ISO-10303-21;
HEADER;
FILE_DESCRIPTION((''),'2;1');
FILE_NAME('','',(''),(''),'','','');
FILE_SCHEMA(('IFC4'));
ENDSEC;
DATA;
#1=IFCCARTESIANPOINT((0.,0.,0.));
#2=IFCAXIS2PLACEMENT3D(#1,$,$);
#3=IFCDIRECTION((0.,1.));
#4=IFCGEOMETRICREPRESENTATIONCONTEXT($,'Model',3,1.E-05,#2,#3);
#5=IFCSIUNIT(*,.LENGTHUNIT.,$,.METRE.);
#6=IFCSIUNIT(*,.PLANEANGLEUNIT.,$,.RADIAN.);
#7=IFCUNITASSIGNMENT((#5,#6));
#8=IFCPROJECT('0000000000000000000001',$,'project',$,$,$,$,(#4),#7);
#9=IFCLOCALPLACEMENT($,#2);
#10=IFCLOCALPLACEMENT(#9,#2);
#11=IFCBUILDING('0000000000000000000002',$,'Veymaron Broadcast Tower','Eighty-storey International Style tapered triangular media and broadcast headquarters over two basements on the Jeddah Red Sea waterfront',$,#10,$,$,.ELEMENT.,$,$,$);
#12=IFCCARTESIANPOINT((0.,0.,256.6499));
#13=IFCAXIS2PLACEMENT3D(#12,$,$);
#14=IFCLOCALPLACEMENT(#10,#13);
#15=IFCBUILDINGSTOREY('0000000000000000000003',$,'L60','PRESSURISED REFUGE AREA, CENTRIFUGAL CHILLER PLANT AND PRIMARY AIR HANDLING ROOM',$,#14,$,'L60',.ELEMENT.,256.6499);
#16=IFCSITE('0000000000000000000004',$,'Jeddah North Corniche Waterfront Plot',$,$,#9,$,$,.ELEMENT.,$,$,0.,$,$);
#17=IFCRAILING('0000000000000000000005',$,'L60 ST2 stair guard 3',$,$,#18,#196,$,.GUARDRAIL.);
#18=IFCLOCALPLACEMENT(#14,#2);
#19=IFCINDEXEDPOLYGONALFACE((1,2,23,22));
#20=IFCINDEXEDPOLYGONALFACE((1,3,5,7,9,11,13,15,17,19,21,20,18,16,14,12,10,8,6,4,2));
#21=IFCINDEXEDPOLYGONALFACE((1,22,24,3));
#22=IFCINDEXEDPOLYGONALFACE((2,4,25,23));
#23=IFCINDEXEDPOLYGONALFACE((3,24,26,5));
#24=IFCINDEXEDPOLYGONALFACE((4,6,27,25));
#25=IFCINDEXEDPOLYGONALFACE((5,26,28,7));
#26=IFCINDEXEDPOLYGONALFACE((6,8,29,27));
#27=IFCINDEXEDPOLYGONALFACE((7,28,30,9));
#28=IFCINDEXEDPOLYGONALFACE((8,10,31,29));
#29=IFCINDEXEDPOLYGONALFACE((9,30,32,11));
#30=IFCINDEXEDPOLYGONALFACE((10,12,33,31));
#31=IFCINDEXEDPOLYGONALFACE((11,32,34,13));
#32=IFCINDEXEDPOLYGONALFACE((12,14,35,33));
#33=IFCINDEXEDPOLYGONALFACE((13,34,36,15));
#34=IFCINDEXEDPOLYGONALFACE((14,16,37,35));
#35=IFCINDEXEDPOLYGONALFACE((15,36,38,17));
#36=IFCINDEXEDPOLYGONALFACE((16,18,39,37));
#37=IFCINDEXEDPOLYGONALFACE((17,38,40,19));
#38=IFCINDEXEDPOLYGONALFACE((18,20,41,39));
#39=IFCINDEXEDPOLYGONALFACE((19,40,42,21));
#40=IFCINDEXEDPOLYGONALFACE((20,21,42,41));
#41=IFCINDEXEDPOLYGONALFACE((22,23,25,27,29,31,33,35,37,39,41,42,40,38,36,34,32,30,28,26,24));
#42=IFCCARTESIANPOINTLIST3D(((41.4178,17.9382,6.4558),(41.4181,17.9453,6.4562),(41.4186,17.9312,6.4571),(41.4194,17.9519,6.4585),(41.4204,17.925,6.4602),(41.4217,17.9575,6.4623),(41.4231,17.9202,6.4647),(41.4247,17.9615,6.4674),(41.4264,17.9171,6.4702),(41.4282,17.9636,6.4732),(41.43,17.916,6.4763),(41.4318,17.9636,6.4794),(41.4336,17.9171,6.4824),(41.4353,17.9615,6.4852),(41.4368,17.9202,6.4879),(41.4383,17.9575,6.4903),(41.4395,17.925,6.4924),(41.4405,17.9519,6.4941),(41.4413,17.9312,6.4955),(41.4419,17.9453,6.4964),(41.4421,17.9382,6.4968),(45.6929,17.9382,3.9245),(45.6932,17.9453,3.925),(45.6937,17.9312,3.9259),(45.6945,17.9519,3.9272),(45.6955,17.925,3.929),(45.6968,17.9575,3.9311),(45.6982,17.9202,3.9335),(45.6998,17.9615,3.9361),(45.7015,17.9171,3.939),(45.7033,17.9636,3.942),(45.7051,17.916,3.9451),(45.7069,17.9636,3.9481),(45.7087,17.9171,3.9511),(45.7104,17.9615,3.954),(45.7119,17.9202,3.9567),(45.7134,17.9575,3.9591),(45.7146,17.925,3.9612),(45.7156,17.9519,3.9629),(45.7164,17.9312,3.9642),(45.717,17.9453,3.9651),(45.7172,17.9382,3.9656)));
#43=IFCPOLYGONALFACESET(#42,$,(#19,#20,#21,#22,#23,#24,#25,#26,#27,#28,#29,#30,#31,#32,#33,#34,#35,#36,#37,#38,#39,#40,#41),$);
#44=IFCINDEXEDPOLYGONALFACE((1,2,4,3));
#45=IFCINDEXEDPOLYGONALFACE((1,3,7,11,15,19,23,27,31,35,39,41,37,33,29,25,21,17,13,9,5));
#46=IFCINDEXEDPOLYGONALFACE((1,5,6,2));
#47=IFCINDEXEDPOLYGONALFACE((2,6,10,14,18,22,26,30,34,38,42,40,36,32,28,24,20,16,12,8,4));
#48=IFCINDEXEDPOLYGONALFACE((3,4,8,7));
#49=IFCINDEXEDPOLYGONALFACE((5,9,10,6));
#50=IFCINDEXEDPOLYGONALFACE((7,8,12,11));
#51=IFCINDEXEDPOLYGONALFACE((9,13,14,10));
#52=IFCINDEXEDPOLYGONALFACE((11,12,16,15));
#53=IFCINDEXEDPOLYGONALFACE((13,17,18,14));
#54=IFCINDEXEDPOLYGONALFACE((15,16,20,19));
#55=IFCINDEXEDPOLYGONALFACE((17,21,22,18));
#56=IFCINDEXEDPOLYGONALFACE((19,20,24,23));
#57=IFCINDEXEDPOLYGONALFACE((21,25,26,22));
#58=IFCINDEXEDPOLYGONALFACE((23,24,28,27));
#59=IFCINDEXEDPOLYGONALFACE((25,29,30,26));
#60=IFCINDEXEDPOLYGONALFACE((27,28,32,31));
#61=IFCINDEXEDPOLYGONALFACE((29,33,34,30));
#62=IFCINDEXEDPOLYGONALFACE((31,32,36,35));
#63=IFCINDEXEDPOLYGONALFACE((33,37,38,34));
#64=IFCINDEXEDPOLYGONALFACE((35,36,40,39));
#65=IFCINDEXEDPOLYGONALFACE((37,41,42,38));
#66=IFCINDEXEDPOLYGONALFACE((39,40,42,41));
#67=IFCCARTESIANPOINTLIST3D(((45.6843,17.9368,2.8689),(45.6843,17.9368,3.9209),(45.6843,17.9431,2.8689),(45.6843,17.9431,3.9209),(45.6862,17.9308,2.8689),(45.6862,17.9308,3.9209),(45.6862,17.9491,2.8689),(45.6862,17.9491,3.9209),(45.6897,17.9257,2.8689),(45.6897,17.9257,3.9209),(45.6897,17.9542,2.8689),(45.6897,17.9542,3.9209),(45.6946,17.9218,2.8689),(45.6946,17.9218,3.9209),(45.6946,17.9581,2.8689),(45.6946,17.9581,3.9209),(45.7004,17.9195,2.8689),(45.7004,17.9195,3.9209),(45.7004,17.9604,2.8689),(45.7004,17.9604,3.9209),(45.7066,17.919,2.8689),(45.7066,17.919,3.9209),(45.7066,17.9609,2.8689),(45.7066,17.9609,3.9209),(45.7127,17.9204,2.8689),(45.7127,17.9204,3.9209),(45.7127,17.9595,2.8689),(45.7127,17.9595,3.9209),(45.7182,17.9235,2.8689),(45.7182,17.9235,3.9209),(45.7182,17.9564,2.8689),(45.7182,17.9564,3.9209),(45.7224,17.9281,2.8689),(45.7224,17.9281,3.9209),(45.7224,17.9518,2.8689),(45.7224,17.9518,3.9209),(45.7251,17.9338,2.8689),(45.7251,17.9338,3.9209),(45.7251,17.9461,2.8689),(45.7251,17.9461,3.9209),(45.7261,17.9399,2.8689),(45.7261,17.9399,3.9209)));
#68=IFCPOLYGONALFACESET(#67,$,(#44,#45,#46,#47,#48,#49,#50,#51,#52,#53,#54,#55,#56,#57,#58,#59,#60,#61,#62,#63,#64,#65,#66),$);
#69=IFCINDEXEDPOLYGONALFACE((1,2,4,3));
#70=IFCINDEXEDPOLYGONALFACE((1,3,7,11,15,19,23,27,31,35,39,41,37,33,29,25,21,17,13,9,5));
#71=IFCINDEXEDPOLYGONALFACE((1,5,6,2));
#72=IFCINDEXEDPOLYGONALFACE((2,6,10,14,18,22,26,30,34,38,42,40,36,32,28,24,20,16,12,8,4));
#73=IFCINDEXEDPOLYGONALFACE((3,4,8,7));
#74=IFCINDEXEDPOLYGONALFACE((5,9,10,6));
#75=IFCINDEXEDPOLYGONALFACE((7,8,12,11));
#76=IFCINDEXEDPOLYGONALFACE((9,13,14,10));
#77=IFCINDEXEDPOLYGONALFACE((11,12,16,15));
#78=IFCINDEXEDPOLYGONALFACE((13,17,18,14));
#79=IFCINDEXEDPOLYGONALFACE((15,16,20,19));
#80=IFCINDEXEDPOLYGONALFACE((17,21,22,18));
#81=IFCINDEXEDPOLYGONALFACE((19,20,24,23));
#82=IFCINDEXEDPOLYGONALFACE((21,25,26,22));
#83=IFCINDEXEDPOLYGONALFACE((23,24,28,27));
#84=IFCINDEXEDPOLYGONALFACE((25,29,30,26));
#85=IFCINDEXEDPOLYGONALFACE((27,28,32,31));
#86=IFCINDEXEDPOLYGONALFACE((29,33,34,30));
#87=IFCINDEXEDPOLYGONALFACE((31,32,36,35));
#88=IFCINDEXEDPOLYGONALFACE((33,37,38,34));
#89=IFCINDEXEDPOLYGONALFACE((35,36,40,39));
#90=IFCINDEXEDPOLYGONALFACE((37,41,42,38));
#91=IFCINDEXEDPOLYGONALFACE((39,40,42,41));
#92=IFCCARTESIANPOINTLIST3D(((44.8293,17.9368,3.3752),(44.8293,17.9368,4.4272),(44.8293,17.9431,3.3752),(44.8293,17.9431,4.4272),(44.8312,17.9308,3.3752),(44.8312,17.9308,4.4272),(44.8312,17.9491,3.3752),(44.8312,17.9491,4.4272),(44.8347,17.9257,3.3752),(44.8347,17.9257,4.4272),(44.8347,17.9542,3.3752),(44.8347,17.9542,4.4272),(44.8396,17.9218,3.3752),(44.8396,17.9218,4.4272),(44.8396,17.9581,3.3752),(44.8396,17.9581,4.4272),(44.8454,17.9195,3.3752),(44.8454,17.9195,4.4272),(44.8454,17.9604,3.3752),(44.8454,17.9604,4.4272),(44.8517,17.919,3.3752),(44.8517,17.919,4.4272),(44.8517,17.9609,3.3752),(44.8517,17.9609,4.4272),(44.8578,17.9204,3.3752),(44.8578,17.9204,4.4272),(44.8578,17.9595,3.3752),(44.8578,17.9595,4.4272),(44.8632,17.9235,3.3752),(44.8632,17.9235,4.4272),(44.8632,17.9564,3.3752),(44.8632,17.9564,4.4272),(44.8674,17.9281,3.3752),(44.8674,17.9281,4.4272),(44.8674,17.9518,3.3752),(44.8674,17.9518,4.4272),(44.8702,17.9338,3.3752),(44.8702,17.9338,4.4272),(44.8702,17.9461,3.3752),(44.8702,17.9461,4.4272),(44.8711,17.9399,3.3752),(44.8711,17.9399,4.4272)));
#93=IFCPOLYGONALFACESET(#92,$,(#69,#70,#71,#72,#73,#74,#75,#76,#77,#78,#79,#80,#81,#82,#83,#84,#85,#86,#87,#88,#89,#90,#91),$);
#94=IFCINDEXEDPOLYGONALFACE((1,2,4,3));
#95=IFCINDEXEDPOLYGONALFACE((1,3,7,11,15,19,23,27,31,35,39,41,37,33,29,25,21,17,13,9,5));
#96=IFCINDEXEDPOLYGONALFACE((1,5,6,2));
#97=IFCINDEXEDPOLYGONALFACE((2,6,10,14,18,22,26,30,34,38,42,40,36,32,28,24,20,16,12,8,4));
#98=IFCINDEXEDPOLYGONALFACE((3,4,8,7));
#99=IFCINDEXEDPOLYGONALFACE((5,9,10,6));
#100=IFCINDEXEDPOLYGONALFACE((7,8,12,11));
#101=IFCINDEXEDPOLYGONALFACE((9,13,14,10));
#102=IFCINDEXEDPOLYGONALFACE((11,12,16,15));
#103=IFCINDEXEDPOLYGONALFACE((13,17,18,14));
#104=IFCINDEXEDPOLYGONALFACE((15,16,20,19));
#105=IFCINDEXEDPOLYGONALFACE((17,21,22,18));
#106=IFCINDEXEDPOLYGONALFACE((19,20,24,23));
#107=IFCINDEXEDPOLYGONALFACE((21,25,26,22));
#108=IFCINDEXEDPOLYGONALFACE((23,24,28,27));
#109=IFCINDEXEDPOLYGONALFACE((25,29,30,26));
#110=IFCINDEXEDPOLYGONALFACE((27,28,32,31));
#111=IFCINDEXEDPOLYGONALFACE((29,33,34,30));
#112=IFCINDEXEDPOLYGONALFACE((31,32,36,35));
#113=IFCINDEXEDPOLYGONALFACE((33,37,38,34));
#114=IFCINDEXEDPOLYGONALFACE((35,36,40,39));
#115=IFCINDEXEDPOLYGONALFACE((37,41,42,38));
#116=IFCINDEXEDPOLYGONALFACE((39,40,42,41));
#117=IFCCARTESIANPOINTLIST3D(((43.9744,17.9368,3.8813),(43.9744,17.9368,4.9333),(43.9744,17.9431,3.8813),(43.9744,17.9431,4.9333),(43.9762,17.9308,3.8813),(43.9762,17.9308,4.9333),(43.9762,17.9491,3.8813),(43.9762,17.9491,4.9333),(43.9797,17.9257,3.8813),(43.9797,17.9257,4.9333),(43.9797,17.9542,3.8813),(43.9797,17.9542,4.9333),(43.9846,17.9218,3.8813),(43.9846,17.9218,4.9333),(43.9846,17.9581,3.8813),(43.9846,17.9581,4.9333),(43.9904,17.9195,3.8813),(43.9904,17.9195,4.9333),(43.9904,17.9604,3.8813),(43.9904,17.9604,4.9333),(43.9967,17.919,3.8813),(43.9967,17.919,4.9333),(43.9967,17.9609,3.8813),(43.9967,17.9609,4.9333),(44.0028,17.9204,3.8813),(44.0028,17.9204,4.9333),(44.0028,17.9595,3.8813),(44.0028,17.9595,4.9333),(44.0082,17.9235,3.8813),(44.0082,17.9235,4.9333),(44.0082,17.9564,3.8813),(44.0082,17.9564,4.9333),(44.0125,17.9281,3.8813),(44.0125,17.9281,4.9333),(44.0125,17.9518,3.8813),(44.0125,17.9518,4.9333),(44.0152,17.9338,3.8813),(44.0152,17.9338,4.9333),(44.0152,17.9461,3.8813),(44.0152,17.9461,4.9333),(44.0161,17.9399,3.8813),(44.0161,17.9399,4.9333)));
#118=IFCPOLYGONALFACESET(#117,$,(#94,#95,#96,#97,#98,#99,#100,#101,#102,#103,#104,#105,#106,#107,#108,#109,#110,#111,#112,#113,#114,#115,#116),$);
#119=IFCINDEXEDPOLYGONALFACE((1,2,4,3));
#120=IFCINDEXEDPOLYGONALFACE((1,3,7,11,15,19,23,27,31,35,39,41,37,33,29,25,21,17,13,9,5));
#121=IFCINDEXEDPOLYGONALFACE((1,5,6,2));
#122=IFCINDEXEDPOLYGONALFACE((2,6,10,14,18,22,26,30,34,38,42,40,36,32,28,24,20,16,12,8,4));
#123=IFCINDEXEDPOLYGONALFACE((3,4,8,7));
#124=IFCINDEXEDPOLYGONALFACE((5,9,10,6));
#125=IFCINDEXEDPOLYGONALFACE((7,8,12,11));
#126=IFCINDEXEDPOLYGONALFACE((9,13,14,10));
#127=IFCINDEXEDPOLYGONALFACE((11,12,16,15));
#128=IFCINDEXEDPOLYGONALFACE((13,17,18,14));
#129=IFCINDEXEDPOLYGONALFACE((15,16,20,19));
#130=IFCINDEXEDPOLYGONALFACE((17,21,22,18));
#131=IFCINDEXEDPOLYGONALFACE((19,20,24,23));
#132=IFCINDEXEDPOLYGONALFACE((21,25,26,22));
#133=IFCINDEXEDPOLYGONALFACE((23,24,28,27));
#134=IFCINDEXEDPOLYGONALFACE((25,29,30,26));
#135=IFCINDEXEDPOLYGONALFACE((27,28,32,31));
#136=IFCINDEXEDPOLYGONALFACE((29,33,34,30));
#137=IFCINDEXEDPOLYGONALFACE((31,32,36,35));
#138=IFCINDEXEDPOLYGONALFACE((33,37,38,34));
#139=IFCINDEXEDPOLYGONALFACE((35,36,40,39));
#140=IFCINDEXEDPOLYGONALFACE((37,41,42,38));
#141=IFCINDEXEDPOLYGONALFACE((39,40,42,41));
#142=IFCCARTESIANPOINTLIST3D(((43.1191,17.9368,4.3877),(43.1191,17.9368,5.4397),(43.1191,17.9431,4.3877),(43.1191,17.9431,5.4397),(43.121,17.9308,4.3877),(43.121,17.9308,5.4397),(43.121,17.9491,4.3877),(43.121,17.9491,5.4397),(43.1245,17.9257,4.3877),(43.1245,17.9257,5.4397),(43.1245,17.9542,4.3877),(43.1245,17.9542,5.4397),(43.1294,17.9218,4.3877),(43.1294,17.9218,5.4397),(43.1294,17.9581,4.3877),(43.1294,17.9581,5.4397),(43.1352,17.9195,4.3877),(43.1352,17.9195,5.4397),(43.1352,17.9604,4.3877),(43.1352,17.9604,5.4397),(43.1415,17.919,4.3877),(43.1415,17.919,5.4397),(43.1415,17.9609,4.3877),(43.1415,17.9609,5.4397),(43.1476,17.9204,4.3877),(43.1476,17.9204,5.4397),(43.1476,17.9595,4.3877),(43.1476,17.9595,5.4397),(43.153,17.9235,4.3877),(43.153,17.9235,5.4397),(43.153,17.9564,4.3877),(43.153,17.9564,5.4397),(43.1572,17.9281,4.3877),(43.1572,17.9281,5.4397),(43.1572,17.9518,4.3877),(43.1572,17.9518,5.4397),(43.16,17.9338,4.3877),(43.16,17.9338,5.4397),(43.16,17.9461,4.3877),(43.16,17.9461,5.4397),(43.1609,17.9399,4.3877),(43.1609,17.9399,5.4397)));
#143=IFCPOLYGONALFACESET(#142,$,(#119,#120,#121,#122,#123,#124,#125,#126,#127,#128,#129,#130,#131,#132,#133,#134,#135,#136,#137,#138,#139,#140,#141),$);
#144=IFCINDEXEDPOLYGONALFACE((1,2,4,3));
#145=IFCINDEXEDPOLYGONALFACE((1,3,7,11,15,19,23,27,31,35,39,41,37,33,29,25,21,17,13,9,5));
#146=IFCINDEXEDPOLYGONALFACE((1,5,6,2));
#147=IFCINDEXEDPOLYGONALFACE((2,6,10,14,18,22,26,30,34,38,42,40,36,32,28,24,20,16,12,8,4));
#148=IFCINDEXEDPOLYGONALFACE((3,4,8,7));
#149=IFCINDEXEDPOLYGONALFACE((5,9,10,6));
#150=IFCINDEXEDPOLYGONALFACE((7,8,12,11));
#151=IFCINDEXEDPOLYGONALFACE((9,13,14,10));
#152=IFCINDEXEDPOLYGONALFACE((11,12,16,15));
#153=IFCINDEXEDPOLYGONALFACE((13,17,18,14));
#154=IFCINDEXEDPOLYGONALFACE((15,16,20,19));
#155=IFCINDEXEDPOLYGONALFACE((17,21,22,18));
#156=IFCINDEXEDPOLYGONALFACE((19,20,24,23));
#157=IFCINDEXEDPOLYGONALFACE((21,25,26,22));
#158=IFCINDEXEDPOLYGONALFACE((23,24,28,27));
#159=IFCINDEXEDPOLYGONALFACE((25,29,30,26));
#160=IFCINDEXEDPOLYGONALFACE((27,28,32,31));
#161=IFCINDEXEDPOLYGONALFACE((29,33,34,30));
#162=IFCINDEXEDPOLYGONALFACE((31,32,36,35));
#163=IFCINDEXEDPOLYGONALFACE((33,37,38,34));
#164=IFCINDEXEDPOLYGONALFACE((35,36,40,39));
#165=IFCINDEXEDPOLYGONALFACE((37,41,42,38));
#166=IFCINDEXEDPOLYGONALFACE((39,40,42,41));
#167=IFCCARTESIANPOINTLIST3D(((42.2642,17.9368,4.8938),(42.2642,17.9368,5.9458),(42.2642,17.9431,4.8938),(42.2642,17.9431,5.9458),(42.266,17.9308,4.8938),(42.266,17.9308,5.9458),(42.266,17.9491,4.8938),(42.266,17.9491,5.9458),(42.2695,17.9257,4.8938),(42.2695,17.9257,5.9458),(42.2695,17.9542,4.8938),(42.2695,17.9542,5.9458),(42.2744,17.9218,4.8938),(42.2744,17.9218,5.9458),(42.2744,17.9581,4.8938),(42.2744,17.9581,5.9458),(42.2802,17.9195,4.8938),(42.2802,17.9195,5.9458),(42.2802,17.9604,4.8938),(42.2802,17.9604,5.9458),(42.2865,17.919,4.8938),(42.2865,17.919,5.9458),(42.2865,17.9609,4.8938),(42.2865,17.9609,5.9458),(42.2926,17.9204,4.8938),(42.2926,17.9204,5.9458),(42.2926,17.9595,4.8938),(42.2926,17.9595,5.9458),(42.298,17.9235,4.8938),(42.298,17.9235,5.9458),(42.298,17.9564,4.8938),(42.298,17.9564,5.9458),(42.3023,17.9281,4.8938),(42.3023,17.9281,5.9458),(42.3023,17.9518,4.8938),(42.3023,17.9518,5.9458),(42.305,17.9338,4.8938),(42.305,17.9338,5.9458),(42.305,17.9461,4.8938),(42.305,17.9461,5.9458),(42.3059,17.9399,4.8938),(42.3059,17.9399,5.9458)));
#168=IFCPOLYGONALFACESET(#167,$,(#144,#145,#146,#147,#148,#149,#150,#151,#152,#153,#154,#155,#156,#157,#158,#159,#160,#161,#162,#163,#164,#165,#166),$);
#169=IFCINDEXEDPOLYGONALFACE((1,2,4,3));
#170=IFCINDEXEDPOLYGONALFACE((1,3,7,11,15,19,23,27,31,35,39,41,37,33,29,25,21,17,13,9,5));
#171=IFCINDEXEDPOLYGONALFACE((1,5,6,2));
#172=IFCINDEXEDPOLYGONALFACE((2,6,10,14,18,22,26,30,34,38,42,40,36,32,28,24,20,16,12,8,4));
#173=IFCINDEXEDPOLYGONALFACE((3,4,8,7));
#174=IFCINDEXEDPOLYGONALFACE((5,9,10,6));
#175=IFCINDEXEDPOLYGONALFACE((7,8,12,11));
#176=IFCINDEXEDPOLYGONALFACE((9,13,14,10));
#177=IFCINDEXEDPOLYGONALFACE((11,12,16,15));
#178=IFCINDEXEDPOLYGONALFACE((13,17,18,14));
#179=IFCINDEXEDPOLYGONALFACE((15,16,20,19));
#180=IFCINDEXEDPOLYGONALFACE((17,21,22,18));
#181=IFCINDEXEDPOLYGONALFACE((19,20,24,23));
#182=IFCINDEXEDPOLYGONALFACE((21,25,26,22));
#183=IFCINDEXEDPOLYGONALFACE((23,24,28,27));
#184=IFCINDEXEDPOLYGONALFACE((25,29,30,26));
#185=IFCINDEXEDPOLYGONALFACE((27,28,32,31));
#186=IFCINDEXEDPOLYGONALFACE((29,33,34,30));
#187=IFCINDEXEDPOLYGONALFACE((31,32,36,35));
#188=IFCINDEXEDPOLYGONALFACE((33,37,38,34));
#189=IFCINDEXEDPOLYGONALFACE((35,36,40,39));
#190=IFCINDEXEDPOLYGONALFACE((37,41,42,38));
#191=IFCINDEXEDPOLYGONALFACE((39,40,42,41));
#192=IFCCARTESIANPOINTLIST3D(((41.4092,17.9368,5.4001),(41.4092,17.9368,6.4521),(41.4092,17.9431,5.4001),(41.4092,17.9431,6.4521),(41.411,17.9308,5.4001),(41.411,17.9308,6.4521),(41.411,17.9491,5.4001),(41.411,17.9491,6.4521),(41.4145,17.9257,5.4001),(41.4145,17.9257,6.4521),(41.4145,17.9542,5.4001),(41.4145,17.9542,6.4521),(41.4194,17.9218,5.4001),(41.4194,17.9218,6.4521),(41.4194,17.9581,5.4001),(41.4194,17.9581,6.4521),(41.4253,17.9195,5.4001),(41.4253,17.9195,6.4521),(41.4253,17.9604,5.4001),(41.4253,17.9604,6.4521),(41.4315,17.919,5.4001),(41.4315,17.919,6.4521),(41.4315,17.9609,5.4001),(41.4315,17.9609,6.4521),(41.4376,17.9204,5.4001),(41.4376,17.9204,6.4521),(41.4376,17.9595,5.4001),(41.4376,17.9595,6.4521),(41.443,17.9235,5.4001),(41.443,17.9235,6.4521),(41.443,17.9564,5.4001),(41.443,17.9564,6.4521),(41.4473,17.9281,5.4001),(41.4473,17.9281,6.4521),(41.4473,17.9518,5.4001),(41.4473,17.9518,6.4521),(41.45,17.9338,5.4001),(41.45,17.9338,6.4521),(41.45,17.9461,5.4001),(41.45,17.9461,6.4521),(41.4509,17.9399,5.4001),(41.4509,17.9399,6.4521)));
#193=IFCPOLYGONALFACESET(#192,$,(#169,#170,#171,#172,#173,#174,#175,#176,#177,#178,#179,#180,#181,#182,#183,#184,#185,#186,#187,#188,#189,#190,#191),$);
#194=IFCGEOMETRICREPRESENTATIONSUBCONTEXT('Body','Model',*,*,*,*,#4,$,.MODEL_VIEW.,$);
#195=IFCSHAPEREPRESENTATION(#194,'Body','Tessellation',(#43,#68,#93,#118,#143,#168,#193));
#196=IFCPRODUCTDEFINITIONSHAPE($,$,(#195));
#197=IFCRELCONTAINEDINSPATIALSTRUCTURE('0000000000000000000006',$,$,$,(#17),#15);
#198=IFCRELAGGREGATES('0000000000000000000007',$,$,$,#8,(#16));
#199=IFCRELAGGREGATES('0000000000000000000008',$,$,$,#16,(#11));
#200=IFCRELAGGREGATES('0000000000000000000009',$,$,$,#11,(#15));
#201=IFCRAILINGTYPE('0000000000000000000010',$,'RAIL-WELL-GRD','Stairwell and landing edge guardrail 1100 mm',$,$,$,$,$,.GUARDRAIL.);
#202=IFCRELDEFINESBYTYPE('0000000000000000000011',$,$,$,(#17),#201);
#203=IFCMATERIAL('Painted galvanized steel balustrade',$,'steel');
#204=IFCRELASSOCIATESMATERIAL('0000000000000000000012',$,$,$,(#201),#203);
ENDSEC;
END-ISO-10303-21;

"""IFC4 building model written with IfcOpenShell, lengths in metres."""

from ifc_helpers import new_model, si_unit, direction, frame, origin, origin_2d, place, context, subcontext, project, spatial, circle, extrude, material, type_object, element, save


model = new_model("IFC4")

# Units and contexts
model_context = context("Model", 3, precision=1e-05, world=origin(), true_north=direction((0.0, 1.0)))
body_context = subcontext(model_context, "Body", "Model", "MODEL_VIEW")
ifc_project = project(units=[si_unit("LENGTHUNIT", "METRE"), si_unit("PLANEANGLEUNIT", "RADIAN")], contexts=[model_context])

# Site, building, storey
site_placement = place(None, origin())
site = spatial("IfcSite", under=ifc_project, at=site_placement, Name="Jeddah North Corniche Waterfront Plot", CompositionType="ELEMENT", RefElevation=0.0)
building_placement = place(site_placement, origin())
building = spatial("IfcBuilding", under=site, at=building_placement, Name="Veymaron Broadcast Tower", Description="Eighty-storey International Style tapered triangular media and broadcast headquarters over two basements on the Jeddah Red Sea waterfront", CompositionType="ELEMENT")
storey_placement = place(building_placement, frame((0.0, 0.0, 256.6499)))
storey = spatial("IfcBuildingStorey", under=building, at=storey_placement, Name="L60", Description="PRESSURISED REFUGE AREA, CENTRIFUGAL CHILLER PLANT AND PRIMARY AIR HANDLING ROOM", LongName="L60", CompositionType="ELEMENT", Elevation=256.6499)

# Railing
ifc_material_1 = material(Name="Painted galvanized steel balustrade", Category="steel")
railing_type_1 = type_object("IfcRailingType", Name="RAIL-WELL-GRD", Description="Stairwell and landing edge guardrail 1100 mm", PredefinedType="GUARDRAIL", material=ifc_material_1)
railing_1_placement = place(storey_placement, frame((45.7051, 17.9399, 2.8689)))
element("IfcRailing", 1, at=railing_1_placement, inside=storey, type_object=railing_type_1, Name="L60 ST2 stair guard 3", PredefinedType="GUARDRAIL", context=body_context, shape_type="SweptSolid", body=[
    extrude(circle(Radius=0.0239, at=origin_2d()), frame((0.0, 0.0, 1.0762), z_axis=(-0.860483, 0.0, 0.509479), x_axis=(0.0, -1.0, 0.0)), (0.0, 0.0, 1.0), 4.9683),
    extrude(circle(Radius=0.021, at=origin_2d()), origin(), (0.0, 0.0, 1.0), 1.052),
    extrude(circle(Radius=0.021, at=origin_2d()), frame((-0.855, 0.0, 0.5063)), (0.0, 0.0, 1.0), 1.052),
    extrude(circle(Radius=0.021, at=origin_2d()), frame((-1.71, 0.0, 1.0125)), (0.0, 0.0, 1.0), 1.052),
    extrude(circle(Radius=0.021, at=origin_2d()), frame((-2.5652, 0.0, 1.5188)), (0.0, 0.0, 1.0), 1.052),
    extrude(circle(Radius=0.021, at=origin_2d()), frame((-3.4202, 0.0, 2.0249)), (0.0, 0.0, 1.0), 1.052),
    extrude(circle(Radius=0.021, at=origin_2d()), frame((-4.2751, 0.0, 2.5312)), (0.0, 0.0, 1.0), 1.052),
])

save(model, "model.ifc")
